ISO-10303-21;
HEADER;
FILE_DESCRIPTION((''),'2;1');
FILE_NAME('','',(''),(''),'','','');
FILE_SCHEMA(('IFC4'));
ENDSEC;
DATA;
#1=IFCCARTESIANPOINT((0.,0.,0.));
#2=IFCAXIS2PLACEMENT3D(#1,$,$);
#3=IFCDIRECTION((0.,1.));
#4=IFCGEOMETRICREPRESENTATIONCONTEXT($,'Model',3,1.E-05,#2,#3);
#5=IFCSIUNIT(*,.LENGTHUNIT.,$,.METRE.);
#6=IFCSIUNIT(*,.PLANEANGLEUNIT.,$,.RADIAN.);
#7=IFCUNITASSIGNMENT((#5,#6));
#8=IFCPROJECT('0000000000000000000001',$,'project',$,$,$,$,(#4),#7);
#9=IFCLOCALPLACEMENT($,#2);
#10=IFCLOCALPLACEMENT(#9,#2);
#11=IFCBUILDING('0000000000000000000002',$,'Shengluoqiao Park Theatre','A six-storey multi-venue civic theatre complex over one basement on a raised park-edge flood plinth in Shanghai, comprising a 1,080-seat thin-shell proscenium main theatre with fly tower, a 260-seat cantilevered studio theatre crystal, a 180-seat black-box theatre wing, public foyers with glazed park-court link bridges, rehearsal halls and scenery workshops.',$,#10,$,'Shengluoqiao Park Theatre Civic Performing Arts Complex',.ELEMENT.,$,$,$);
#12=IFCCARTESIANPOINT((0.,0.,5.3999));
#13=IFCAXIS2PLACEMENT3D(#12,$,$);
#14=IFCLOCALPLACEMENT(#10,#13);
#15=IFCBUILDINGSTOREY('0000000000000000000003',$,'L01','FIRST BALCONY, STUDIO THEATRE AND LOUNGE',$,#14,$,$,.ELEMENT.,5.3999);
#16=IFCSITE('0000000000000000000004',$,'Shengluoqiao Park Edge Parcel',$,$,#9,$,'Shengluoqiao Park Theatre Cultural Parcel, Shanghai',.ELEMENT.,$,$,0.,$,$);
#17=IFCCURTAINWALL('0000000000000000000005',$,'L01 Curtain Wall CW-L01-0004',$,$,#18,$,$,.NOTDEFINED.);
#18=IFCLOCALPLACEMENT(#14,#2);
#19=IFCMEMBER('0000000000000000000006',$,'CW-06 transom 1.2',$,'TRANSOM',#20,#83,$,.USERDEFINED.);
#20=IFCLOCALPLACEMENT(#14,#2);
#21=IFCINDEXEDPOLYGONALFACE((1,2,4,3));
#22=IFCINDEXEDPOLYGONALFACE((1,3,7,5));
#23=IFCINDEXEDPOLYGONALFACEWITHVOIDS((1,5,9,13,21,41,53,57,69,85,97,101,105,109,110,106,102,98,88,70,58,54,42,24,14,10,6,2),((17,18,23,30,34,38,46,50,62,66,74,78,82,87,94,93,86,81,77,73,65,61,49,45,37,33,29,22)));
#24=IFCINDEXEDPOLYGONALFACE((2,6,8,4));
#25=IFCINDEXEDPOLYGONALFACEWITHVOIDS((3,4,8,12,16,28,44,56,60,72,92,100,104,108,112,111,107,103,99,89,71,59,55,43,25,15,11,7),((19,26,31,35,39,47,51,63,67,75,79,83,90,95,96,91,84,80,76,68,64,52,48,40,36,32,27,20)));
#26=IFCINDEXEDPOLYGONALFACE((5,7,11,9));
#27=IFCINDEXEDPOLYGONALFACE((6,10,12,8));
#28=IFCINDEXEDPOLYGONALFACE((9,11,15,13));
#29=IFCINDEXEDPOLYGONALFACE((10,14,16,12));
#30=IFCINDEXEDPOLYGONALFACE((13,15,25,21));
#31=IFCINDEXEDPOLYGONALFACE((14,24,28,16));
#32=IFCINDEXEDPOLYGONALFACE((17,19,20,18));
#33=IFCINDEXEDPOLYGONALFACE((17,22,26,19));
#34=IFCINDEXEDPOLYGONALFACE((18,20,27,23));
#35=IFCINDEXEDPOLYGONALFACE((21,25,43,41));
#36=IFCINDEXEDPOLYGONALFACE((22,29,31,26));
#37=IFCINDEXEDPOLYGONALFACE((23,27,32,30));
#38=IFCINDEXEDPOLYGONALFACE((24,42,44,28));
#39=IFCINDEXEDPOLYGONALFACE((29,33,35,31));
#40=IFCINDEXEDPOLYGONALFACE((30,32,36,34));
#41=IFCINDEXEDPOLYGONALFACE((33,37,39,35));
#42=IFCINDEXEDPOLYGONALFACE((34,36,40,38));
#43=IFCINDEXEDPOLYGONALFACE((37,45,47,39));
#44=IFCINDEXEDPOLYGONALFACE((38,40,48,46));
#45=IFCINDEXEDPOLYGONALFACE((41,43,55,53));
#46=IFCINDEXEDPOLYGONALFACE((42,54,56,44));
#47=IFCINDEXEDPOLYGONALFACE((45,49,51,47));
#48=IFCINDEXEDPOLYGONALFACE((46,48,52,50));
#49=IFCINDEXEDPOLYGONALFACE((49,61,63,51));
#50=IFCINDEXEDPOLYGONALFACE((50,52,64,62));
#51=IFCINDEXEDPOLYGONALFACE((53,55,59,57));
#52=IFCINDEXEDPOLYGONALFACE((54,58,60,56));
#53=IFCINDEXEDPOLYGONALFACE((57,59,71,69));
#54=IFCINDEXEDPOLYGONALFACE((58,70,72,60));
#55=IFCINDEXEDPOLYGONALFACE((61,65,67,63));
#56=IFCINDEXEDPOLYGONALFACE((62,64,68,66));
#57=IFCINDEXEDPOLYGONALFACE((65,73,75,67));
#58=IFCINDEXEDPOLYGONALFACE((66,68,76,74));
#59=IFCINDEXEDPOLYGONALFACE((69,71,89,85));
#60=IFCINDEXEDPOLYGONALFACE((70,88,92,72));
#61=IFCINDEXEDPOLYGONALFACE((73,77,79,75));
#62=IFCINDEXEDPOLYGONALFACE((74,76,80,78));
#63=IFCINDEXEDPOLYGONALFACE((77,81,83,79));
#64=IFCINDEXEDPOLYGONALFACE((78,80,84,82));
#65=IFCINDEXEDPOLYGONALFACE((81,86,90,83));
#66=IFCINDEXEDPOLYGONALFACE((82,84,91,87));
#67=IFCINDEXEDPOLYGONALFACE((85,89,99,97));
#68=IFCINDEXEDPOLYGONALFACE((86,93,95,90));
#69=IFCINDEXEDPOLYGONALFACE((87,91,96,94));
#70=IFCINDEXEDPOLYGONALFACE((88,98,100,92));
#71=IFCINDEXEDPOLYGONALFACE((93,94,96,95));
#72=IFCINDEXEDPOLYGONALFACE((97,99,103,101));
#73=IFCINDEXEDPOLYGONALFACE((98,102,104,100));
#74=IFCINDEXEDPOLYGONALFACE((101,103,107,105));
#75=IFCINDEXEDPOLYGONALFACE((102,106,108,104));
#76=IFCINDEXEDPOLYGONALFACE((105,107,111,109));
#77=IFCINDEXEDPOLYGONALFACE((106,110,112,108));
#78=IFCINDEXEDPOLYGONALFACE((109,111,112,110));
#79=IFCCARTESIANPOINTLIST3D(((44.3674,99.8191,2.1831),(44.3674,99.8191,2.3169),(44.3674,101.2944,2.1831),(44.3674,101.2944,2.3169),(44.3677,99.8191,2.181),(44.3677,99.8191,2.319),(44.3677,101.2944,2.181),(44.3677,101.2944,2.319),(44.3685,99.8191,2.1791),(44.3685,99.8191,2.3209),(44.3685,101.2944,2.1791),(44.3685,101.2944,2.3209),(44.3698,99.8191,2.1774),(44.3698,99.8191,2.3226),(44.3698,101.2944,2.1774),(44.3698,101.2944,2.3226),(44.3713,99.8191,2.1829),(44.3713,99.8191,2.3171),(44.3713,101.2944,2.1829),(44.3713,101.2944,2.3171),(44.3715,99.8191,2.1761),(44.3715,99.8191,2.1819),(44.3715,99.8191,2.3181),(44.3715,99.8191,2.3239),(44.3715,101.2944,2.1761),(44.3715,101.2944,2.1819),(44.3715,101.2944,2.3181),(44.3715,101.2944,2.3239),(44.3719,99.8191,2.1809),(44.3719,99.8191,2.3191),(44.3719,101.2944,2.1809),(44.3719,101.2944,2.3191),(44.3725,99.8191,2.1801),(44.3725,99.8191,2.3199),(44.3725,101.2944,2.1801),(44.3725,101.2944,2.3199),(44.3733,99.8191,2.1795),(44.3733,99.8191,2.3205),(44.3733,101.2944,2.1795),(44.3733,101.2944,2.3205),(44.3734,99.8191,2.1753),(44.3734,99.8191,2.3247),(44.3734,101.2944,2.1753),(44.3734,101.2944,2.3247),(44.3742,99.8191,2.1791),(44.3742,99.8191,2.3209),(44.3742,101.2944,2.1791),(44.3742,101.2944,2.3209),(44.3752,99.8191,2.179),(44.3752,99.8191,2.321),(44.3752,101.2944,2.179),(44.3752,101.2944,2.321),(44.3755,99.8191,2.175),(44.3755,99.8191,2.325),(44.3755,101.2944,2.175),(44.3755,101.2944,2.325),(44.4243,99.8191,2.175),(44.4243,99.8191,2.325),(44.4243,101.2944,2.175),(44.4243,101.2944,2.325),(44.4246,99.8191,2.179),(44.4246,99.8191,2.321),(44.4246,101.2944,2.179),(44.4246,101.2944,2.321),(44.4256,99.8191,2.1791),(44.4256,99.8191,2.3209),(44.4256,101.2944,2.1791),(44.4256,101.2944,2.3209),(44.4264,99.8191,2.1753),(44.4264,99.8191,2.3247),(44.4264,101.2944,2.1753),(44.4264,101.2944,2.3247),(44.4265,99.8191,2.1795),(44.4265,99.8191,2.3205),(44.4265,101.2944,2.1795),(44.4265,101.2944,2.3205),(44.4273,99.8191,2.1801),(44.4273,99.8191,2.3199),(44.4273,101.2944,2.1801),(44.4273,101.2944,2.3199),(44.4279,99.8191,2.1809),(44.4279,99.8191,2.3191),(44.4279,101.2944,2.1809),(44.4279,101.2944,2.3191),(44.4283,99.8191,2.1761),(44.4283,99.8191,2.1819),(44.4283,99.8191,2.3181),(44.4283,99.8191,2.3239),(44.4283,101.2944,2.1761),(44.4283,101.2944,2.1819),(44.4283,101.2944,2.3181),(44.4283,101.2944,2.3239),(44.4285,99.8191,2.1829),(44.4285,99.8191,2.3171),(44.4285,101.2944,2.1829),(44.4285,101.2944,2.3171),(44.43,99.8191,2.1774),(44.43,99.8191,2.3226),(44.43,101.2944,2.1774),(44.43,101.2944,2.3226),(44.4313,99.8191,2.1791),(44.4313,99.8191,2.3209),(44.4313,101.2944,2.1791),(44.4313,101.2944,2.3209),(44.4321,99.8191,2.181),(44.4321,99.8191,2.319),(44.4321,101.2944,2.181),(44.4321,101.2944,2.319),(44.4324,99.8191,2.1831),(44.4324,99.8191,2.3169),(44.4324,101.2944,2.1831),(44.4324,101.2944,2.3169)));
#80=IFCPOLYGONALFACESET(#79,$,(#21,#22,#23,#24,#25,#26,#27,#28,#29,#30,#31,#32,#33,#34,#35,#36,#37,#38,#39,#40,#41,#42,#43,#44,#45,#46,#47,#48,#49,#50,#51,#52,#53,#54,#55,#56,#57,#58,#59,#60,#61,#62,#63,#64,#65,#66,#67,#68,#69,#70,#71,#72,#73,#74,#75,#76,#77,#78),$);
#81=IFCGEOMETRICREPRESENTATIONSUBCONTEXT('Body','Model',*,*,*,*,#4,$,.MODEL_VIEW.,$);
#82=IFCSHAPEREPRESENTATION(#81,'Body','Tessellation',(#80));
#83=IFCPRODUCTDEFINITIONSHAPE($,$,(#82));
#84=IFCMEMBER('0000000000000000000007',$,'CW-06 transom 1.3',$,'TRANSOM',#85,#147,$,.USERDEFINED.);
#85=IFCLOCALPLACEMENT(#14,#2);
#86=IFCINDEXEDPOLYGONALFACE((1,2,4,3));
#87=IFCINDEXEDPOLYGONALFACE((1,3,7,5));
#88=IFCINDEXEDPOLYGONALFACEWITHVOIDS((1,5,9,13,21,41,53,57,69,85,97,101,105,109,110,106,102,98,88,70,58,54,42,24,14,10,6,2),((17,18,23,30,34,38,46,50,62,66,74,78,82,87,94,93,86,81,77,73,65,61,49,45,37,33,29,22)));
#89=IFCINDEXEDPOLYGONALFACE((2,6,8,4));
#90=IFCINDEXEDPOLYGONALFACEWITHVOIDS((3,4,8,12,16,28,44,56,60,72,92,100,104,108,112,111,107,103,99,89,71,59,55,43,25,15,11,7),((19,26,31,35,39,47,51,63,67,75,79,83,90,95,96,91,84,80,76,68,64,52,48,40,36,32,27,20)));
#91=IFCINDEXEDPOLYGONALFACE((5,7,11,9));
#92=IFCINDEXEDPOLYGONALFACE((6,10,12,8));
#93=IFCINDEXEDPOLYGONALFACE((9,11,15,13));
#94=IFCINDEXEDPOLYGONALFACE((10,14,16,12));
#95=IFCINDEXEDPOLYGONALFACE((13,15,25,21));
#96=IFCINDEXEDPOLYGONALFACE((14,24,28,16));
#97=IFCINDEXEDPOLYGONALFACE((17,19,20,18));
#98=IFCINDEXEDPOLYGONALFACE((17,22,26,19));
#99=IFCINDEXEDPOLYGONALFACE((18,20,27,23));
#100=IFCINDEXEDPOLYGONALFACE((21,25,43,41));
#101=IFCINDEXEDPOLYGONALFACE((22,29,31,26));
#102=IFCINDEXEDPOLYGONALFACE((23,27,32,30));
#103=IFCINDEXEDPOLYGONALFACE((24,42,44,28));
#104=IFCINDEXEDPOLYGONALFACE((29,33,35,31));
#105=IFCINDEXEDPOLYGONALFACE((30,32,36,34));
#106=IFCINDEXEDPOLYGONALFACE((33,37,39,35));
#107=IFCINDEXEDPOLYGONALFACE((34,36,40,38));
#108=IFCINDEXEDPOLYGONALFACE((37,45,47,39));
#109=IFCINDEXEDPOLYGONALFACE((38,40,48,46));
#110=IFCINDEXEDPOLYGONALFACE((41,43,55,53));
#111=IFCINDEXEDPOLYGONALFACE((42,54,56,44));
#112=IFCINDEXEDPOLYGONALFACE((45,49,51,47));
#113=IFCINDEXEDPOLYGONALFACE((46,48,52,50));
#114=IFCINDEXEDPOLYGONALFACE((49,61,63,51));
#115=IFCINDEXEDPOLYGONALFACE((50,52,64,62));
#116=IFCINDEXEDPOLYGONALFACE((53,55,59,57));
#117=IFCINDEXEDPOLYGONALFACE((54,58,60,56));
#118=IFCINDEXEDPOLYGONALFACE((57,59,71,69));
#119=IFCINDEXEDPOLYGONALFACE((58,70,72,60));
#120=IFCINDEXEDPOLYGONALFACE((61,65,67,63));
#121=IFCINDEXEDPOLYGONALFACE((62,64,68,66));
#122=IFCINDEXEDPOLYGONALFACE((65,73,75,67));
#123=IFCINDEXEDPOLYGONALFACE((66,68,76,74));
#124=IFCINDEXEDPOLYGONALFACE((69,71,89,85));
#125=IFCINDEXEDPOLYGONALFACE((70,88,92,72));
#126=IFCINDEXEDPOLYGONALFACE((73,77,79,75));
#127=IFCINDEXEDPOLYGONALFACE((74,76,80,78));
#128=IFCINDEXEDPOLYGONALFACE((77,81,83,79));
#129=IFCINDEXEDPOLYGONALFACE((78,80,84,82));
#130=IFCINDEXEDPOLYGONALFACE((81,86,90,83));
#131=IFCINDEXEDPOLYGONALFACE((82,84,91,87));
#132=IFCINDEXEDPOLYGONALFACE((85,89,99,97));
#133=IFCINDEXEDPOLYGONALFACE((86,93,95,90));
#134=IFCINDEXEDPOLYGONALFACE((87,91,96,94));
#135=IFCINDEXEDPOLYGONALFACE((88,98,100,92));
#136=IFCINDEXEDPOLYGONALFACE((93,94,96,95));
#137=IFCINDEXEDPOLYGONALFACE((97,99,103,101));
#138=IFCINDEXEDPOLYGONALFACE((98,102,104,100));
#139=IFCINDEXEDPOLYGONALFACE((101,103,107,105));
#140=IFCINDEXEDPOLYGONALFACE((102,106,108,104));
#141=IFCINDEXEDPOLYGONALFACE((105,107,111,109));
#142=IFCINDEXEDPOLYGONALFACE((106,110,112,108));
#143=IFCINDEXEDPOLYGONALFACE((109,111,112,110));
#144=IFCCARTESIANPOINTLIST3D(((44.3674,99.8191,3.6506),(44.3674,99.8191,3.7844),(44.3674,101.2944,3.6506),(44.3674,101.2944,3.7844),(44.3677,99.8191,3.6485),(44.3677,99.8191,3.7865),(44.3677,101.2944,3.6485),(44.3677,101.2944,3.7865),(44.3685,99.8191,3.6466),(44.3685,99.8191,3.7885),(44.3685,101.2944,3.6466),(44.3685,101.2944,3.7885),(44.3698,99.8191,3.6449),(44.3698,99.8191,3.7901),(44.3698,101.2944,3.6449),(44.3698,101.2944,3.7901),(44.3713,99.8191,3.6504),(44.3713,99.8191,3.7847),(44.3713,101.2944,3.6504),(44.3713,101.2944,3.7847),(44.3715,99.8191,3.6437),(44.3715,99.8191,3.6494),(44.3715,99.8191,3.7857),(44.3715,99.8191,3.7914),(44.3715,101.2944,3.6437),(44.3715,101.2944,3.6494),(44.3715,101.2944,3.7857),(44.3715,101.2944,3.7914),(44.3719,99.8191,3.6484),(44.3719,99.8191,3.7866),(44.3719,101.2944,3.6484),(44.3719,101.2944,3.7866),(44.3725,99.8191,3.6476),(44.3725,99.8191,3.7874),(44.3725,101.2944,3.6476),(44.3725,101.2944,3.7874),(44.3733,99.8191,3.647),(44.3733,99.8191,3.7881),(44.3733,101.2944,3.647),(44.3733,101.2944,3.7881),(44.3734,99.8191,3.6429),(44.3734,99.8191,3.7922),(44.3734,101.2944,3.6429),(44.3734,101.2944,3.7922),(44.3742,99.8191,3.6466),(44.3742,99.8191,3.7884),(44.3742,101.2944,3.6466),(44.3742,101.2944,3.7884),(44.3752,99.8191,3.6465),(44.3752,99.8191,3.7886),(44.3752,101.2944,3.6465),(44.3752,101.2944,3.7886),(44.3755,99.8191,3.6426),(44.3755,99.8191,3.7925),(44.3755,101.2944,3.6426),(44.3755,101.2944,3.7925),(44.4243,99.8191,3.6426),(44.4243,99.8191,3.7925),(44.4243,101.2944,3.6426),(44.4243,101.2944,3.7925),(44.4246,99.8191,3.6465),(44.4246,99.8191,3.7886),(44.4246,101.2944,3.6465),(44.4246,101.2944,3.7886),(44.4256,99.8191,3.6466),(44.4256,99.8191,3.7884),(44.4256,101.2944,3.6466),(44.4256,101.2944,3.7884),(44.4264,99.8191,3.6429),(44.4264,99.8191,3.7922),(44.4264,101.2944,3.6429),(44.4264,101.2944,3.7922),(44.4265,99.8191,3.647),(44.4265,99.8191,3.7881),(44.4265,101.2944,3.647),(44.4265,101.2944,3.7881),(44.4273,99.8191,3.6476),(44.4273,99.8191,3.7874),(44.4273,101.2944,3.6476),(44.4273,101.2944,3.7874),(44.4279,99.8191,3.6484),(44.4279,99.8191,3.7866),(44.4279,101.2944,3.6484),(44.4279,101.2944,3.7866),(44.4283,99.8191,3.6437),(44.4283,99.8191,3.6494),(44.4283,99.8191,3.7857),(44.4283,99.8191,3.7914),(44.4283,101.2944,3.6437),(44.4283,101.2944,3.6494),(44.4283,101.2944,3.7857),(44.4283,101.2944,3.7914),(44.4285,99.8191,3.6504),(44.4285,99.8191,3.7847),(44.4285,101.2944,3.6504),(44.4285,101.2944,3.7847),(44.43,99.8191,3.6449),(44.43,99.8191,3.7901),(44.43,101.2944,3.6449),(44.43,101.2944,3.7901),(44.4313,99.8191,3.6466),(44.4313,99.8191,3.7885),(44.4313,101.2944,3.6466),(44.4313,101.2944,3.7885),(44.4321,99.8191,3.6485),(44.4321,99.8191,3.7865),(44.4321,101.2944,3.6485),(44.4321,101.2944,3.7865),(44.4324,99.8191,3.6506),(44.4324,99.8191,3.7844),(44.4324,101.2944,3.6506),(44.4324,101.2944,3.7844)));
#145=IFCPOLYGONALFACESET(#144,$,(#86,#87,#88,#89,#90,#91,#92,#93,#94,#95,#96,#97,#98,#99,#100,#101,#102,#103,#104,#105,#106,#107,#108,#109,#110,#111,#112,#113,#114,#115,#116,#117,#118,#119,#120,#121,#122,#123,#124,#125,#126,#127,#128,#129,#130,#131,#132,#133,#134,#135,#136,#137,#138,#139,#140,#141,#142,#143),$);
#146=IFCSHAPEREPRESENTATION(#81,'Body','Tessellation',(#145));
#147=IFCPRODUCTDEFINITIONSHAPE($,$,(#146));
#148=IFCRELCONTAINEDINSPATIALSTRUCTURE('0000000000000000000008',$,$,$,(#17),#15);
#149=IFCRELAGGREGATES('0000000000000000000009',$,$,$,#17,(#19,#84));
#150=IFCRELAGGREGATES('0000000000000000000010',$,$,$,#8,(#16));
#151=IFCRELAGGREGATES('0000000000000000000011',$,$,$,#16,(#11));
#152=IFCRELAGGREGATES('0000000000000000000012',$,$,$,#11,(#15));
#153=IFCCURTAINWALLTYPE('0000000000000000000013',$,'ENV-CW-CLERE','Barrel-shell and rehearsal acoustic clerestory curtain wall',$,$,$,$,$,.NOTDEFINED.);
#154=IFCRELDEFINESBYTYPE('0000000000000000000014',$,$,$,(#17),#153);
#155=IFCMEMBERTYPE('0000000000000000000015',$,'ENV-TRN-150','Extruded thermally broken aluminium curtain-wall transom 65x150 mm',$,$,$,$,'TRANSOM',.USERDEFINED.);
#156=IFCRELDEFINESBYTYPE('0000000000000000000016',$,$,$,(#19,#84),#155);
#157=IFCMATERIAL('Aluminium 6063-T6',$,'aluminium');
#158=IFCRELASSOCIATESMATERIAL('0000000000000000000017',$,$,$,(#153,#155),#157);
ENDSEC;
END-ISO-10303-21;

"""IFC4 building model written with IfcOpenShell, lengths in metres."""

from ifc_helpers import new_model, si_unit, direction, frame, origin, origin_2d, place, context, subcontext, project, spatial, hollow_rectangle, extrude, material, material_profile, profile_set, type_object, element, aggregate, save


model = new_model("IFC4")

# Units and contexts
model_context = context("Model", 3, precision=1e-05, world=origin(), true_north=direction((0.0, 1.0)))
body_context = subcontext(model_context, "Body", "Model", "MODEL_VIEW")
ifc_project = project(units=[si_unit("LENGTHUNIT", "METRE"), si_unit("PLANEANGLEUNIT", "RADIAN")], contexts=[model_context])

# Site, building, storey
site_placement = place(None, origin())
site = spatial("IfcSite", under=ifc_project, at=site_placement, Name="Shengluoqiao Park Edge Parcel", LongName="Shengluoqiao Park Theatre Cultural Parcel, Shanghai", CompositionType="ELEMENT", RefElevation=0.0)
building_placement = place(site_placement, origin())
building = spatial("IfcBuilding", under=site, at=building_placement, Name="Shengluoqiao Park Theatre", Description="A six-storey multi-venue civic theatre complex over one basement on a raised park-edge flood plinth in Shanghai, comprising a 1,080-seat thin-shell proscenium main theatre with fly tower, a 260-seat cantilevered studio theatre crystal, a 180-seat black-box theatre wing, public foyers with glazed park-court link bridges, rehearsal halls and scenery workshops.", LongName="Shengluoqiao Park Theatre Civic Performing Arts Complex", CompositionType="ELEMENT")
storey_placement = place(building_placement, frame((0.0, 0.0, 5.3999)))
storey = spatial("IfcBuildingStorey", under=building, at=storey_placement, Name="L01", Description="FIRST BALCONY, STUDIO THEATRE AND LOUNGE", CompositionType="ELEMENT", Elevation=5.3999)

# Curtain wall, members
ifc_material_1 = material(Name="Aluminium 6063-T6", Category="aluminium")
curtain_wall_type = type_object("IfcCurtainWallType", Name="ENV-CW-CLERE", Description="Barrel-shell and rehearsal acoustic clerestory curtain wall", PredefinedType="NOTDEFINED", material=ifc_material_1)
curtain_wall_placement = place(storey_placement, origin())
curtain_wall = element("IfcCurtainWall", 1, at=curtain_wall_placement, inside=storey, type_object=curtain_wall_type, Name="L01 Curtain Wall CW-L01-0004", PredefinedType="NOTDEFINED")
ifc_material_profile_1 = material_profile(ifc_material_1, hollow_rectangle(XDim=0.0649, YDim=0.1499, WallThickness=0.0039, InnerFilletRadius=0.0039, OuterFilletRadius=0.0081, at=origin_2d()), Name="ALU TRANSOM 150x65x4")
ifc_profile_set_1 = profile_set([ifc_material_profile_1], Name="Aluminium 6063-T6")
member_type_1 = type_object("IfcMemberType", Name="ENV-TRN-150", Description="Extruded thermally broken aluminium curtain-wall transom 65x150 mm", ElementType="TRANSOM", PredefinedType="USERDEFINED", material=ifc_profile_set_1)
member_1_placement = place(storey_placement, frame((44.3999, 99.8191, 2.25), z_axis=(0.0, 1.0, 0.0), x_axis=(-1.0, 0.0, 0.0)))
member_1 = element("IfcMember", 2, at=member_1_placement, type_object=member_type_1, Name="CW-06 transom 1.2", ObjectType="TRANSOM", PredefinedType="USERDEFINED", context=body_context, shape_type="SweptSolid", body=[
    extrude(hollow_rectangle(XDim=0.0649, YDim=0.1499, WallThickness=0.0039, InnerFilletRadius=0.0039, OuterFilletRadius=0.0081, at=origin_2d()), origin(), (0.0, 0.0, 1.0), 1.4753),
])
member_2_placement = place(storey_placement, frame((44.3999, 99.8191, 3.7175), z_axis=(0.0, 1.0, 0.0), x_axis=(-1.0, 0.0, 0.0)))
member_2 = element("IfcMember", 3, at=member_2_placement, type_object=member_type_1, Name="CW-06 transom 1.3", ObjectType="TRANSOM", PredefinedType="USERDEFINED", context=body_context, shape_type="SweptSolid", body=[
    extrude(hollow_rectangle(XDim=0.0649, YDim=0.1499, WallThickness=0.0039, InnerFilletRadius=0.0039, OuterFilletRadius=0.0081, at=origin_2d()), origin(), (0.0, 0.0, 1.0), 1.4753),
])

aggregate(curtain_wall, [member_1, member_2])

save(model, "model.ifc")
